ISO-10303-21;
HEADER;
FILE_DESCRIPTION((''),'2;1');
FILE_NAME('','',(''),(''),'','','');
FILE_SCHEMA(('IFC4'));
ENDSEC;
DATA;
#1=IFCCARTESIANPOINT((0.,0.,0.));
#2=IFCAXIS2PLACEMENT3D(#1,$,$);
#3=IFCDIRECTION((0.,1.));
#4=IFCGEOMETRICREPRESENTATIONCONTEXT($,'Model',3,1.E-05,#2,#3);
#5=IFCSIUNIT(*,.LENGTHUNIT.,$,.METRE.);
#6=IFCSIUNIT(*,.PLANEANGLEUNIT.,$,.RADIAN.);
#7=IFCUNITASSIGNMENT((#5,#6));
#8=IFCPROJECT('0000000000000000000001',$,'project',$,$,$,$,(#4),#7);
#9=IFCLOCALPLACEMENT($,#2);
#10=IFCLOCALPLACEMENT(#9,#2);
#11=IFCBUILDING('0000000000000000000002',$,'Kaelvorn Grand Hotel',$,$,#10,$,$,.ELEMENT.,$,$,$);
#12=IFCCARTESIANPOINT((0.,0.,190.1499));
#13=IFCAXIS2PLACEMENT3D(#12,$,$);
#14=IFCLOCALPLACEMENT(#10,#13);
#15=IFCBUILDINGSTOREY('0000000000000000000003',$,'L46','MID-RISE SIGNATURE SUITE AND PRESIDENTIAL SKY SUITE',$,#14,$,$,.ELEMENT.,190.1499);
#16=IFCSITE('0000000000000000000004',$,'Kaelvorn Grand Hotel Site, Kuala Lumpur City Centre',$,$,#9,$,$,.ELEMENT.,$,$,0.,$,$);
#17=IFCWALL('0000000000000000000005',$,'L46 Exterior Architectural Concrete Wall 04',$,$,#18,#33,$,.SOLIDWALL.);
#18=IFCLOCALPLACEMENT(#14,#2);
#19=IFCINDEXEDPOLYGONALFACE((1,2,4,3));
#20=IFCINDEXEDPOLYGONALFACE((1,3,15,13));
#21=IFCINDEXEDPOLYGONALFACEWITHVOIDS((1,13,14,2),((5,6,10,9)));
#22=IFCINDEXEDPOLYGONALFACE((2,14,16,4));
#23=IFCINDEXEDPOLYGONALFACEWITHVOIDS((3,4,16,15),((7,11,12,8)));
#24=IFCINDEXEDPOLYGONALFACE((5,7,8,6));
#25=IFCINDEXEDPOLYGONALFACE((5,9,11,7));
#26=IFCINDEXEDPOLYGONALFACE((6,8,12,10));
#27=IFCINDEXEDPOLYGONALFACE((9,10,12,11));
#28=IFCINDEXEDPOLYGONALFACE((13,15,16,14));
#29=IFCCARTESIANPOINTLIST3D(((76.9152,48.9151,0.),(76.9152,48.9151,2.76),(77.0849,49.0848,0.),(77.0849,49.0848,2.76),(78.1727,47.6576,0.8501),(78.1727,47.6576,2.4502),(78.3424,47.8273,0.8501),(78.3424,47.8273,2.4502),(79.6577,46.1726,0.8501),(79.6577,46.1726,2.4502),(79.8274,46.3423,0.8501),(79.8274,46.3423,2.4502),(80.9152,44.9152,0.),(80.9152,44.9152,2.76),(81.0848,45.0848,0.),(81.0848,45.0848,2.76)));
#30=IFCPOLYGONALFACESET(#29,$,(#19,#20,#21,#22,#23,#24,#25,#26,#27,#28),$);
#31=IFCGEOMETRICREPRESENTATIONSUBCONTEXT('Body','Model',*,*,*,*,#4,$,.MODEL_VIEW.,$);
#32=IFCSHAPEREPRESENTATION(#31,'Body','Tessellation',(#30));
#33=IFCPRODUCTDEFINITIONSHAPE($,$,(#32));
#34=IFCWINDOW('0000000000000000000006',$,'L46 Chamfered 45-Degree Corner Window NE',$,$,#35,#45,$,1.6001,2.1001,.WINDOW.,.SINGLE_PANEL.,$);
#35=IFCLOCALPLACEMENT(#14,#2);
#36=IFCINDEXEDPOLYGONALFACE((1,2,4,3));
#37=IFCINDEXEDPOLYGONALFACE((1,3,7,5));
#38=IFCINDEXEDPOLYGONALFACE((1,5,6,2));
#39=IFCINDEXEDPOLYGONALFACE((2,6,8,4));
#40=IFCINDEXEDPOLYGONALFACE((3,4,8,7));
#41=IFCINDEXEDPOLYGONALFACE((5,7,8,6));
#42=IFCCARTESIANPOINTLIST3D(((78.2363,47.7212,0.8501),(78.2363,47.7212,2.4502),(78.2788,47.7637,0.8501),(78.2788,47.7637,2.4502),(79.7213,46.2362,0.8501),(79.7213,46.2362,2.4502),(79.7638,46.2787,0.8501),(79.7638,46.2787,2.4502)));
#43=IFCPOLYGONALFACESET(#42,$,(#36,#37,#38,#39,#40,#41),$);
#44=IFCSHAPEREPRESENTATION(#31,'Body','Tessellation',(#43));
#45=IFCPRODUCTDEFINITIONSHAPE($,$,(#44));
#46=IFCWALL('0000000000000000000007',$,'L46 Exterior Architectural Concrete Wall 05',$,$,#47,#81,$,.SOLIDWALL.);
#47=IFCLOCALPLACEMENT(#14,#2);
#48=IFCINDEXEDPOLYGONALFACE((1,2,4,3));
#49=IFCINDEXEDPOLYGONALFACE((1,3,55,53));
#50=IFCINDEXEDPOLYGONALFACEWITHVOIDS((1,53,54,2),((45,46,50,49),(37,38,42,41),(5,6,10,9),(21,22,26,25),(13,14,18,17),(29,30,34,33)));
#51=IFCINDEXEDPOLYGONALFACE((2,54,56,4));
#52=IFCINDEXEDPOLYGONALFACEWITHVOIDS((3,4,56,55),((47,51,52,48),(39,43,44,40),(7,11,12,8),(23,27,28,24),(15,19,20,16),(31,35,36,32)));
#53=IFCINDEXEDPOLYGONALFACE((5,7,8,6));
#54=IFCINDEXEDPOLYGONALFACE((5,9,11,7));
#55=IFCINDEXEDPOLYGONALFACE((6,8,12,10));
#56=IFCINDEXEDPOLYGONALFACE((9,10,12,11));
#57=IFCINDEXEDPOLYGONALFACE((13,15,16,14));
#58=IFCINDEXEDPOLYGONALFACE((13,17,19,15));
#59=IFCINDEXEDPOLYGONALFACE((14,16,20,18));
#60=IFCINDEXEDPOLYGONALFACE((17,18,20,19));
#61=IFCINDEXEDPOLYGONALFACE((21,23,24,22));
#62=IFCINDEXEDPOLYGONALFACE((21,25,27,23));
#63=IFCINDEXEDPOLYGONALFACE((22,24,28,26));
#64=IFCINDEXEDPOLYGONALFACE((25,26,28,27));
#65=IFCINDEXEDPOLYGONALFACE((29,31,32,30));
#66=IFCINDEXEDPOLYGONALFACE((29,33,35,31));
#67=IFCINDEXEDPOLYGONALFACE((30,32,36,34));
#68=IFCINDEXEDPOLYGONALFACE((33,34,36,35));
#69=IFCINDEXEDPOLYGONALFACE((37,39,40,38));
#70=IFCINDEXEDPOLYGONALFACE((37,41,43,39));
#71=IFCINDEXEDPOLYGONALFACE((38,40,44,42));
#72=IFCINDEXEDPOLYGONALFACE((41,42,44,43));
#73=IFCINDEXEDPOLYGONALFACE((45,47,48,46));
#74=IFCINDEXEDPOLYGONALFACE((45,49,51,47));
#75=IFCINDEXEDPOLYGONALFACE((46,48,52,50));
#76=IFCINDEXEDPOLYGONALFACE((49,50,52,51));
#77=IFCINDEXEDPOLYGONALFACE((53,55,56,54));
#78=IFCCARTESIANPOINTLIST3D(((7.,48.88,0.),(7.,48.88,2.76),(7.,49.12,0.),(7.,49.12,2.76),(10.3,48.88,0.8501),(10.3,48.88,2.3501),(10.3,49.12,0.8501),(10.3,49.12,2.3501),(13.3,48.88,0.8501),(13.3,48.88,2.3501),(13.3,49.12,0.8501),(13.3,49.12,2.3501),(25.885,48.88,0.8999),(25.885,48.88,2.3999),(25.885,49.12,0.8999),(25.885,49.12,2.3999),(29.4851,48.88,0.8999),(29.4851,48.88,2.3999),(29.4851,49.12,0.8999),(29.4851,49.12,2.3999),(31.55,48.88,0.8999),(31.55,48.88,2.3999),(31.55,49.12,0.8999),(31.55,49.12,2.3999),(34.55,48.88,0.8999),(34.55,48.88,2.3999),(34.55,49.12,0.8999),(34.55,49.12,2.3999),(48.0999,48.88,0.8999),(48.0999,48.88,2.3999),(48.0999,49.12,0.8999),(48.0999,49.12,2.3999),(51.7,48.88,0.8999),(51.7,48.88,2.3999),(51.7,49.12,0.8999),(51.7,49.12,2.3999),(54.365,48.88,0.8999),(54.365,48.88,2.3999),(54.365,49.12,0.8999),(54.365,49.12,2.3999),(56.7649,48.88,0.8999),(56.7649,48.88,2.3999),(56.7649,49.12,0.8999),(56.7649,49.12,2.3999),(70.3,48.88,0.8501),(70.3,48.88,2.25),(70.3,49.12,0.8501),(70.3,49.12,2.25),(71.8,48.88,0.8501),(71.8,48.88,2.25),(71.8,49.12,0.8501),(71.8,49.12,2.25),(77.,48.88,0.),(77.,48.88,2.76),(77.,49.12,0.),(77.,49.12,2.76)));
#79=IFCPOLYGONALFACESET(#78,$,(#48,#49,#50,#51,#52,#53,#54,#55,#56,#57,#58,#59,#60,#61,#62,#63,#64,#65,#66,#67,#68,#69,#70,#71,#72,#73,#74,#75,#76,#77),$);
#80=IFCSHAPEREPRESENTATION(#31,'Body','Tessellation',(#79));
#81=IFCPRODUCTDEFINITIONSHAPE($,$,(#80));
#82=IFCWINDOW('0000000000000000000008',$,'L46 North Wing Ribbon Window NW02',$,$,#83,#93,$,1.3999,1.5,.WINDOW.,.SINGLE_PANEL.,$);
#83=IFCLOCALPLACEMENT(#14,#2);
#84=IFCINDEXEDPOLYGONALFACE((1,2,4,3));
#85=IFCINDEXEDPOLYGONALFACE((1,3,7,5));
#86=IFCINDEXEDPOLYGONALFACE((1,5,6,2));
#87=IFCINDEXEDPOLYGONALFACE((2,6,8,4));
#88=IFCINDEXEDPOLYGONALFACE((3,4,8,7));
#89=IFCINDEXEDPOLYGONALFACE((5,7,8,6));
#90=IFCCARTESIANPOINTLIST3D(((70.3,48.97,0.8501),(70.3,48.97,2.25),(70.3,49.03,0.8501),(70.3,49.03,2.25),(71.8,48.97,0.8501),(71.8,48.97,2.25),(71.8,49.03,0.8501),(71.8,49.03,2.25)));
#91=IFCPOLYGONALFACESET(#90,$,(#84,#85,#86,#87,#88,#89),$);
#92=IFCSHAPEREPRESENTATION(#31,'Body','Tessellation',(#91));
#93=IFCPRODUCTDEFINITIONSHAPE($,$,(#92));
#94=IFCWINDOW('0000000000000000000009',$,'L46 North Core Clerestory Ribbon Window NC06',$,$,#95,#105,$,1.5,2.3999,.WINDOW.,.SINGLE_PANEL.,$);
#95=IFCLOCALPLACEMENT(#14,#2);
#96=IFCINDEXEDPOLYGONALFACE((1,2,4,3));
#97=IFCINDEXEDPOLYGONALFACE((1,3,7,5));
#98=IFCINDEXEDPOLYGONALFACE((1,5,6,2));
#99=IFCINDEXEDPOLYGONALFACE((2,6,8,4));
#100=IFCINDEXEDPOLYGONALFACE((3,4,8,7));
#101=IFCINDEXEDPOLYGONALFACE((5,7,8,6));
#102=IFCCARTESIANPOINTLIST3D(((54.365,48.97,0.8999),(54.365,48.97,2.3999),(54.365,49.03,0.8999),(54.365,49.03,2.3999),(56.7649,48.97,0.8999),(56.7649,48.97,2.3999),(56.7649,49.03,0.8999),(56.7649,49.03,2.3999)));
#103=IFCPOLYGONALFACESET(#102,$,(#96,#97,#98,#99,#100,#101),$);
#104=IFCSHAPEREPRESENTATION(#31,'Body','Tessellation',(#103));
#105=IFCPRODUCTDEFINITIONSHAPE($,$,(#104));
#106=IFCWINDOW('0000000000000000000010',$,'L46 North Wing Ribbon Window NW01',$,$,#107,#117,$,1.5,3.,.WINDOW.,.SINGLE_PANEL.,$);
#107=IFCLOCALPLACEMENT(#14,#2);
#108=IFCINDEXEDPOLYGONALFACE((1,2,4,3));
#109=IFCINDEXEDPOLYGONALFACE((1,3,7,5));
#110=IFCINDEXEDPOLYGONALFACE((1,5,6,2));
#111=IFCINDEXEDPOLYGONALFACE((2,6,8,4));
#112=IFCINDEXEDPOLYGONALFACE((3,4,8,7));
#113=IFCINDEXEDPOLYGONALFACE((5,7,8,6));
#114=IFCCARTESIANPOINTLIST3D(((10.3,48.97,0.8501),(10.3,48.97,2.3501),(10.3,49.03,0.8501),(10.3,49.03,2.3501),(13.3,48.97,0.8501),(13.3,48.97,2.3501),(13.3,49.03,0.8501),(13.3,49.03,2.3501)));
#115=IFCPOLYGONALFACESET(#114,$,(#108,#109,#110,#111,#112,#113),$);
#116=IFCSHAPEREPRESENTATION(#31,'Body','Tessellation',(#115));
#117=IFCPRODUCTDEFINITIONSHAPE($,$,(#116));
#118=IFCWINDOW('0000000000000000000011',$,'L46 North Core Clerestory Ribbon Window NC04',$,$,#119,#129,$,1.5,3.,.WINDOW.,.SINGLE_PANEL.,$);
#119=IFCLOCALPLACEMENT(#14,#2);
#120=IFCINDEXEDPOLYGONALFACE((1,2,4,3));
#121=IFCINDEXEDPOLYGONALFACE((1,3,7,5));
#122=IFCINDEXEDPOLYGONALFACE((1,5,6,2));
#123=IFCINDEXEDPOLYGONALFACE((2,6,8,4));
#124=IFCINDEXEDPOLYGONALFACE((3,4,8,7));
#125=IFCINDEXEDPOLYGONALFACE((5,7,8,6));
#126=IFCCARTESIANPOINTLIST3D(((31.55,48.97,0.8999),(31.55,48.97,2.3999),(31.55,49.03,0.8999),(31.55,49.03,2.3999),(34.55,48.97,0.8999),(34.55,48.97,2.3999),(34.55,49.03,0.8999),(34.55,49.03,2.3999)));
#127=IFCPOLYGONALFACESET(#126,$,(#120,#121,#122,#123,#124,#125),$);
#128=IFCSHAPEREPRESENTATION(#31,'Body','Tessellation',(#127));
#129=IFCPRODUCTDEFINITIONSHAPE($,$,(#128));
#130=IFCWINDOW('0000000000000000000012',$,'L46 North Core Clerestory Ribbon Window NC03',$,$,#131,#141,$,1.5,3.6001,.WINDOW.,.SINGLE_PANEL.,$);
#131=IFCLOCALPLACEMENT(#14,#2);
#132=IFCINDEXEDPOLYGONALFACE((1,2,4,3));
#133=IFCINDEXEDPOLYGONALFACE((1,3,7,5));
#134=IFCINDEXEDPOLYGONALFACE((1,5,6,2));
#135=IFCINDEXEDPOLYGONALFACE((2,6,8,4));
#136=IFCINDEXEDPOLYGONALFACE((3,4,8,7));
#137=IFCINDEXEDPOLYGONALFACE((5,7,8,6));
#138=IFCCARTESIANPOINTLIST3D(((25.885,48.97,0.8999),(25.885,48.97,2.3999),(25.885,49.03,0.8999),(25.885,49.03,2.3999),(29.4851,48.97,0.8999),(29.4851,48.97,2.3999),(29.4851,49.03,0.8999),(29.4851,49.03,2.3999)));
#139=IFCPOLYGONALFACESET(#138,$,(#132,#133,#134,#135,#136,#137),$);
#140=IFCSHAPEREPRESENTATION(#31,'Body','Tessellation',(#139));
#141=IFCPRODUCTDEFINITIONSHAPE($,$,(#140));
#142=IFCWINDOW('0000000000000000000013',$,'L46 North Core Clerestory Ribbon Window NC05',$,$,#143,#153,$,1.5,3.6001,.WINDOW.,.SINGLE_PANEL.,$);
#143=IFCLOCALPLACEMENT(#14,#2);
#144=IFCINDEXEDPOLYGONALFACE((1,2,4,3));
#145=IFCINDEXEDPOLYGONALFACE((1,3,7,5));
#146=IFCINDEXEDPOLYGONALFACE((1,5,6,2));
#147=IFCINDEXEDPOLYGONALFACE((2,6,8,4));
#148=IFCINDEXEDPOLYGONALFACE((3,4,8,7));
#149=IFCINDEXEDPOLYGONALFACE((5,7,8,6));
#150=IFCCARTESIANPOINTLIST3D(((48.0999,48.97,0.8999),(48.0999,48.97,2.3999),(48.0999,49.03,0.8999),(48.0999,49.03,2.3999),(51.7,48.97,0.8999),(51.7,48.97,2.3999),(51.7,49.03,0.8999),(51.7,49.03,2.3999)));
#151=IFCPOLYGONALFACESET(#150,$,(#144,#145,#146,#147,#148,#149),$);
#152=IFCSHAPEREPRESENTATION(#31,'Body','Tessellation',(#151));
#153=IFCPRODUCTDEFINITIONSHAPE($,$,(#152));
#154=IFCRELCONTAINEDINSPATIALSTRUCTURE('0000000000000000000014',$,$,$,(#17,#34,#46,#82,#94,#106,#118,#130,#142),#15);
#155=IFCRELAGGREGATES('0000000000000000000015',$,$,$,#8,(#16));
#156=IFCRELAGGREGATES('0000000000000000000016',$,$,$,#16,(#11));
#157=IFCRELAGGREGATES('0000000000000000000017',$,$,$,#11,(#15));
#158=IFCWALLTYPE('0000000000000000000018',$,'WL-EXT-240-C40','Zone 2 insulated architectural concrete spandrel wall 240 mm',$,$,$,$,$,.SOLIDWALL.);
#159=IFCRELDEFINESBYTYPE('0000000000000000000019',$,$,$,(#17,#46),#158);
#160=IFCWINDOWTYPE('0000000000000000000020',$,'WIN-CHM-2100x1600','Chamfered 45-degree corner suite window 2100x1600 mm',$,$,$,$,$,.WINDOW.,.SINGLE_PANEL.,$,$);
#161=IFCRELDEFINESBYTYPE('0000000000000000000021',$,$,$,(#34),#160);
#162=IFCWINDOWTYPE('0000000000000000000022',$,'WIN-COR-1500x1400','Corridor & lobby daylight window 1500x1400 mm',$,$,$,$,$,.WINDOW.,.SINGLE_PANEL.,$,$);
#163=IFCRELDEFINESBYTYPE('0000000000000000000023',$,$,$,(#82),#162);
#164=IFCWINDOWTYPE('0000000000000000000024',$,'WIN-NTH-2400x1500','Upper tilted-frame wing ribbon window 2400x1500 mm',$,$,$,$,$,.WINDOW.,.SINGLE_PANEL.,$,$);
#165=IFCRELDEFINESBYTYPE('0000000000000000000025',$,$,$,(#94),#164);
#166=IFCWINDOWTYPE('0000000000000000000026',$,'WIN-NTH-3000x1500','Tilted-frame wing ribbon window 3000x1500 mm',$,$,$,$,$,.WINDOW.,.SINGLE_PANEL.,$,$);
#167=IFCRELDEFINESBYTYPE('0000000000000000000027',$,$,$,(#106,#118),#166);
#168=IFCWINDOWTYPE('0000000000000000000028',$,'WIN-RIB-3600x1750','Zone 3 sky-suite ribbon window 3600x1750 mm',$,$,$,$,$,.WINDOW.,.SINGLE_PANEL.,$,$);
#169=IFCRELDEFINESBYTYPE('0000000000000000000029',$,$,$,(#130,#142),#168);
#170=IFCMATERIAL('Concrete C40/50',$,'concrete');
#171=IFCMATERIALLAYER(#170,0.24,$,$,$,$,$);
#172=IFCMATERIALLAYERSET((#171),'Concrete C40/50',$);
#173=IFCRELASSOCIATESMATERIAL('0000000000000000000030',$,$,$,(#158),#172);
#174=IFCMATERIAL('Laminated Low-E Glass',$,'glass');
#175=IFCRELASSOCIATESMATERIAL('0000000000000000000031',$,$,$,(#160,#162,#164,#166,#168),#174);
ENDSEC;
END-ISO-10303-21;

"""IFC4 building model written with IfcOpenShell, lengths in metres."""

from ifc_helpers import new_model, si_unit, direction, frame, frame_2d, origin, place, context, subcontext, project, spatial, rectangle, extrude, material, layer, layer_set, type_object, element, fill, save


model = new_model("IFC4")

# Units and contexts
model_context = context("Model", 3, precision=1e-05, world=origin(), true_north=direction((0.0, 1.0)))
body_context = subcontext(model_context, "Body", "Model", "MODEL_VIEW")
ifc_project = project(units=[si_unit("LENGTHUNIT", "METRE"), si_unit("PLANEANGLEUNIT", "RADIAN")], contexts=[model_context])

# Site, building, storey
site_placement = place(None, origin())
site = spatial("IfcSite", under=ifc_project, at=site_placement, Name="Kaelvorn Grand Hotel Site, Kuala Lumpur City Centre", CompositionType="ELEMENT", RefElevation=0.0)
building_placement = place(site_placement, origin())
building = spatial("IfcBuilding", under=site, at=building_placement, Name="Kaelvorn Grand Hotel", CompositionType="ELEMENT")
storey_placement = place(building_placement, frame((0.0, 0.0, 190.1499)))
storey = spatial("IfcBuildingStorey", under=building, at=storey_placement, Name="L46", Description="MID-RISE SIGNATURE SUITE AND PRESIDENTIAL SKY SUITE", CompositionType="ELEMENT", Elevation=190.1499)

# Wall, opening, window
ifc_material_1 = material(Name="Concrete C40/50", Category="concrete")
ifc_layer_1 = layer(ifc_material_1, 0.24)
ifc_layer_set_1 = layer_set([ifc_layer_1], Name="Concrete C40/50")
wall_type_1 = type_object("IfcWallType", Name="WL-EXT-240-C40", Description="Zone 2 insulated architectural concrete spandrel wall 240 mm", PredefinedType="SOLIDWALL", material=ifc_layer_set_1)
wall_1_placement = place(storey_placement, frame((81.0, 45.0, 0.0), z_axis=(0.0, 0.0, 1.0), x_axis=(-0.707107, 0.707107, 0.0)))
wall_1 = element("IfcWall", 1, at=wall_1_placement, inside=storey, type_object=wall_type_1, Name="L46 Exterior Architectural Concrete Wall 04", PredefinedType="SOLIDWALL", context=body_context, shape_type="SweptSolid", body=[
    extrude(rectangle(XDim=5.6567, YDim=0.24, at=frame_2d((2.8284, 0.0))), origin(), (0.0, 0.0, 1.0), 2.76),
])
opening_1_placement = place(wall_1_placement, frame((1.7783, 0.0, 0.8501)))
opening_1 = element("IfcOpeningElement", 2, at=opening_1_placement, cuts=wall_1, PredefinedType="OPENING", context=body_context, shape_type="SweptSolid", body=[
    extrude(rectangle(XDim=2.1001, YDim=1.6001, at=frame_2d((1.05, 0.8))), frame((0.0, 0.1299, 0.0), z_axis=(0.0, -1.0, 0.0), x_axis=(1.0, 0.0, 0.0)), (0.0, 0.0, 1.0), 0.26),
])
ifc_material_2 = material(Name="Laminated Low-E Glass", Category="glass")
window_type_1 = type_object("IfcWindowType", Name="WIN-CHM-2100x1600", Description="Chamfered 45-degree corner suite window 2100x1600 mm", PartitioningType="SINGLE_PANEL", PredefinedType="WINDOW", material=ifc_material_2)
window_1_placement = place(opening_1_placement, origin())
window_1 = element("IfcWindow", 3, at=window_1_placement, inside=storey, type_object=window_type_1, Name="L46 Chamfered 45-Degree Corner Window NE", OverallHeight=1.6001, OverallWidth=2.1001, PartitioningType="SINGLE_PANEL", PredefinedType="WINDOW", context=body_context, shape_type="SweptSolid", body=[
    extrude(rectangle(XDim=2.1001, YDim=1.6001, at=frame_2d((1.05, 0.8))), frame((0.0, 0.03, 0.0), z_axis=(0.0, -1.0, 0.0), x_axis=(1.0, 0.0, 0.0)), (0.0, 0.0, 1.0), 0.0601),
])
fill(opening_1, window_1)

# Wall, openings, windows
wall_2_placement = place(storey_placement, frame((77.0, 49.0, 0.0), z_axis=(0.0, 0.0, 1.0), x_axis=(-1.0, 0.0, 0.0)))
wall_2 = element("IfcWall", 4, at=wall_2_placement, inside=storey, type_object=wall_type_1, Name="L46 Exterior Architectural Concrete Wall 05", PredefinedType="SOLIDWALL", context=body_context, shape_type="SweptSolid", body=[
    extrude(rectangle(XDim=70.0, YDim=0.24, at=frame_2d((35.0, 0.0))), origin(), (0.0, 0.0, 1.0), 2.76),
])
opening_2_placement = place(wall_2_placement, frame((63.7, 0.0, 0.8501)))
opening_2 = element("IfcOpeningElement", 5, at=opening_2_placement, cuts=wall_2, PredefinedType="OPENING", context=body_context, shape_type="SweptSolid", body=[
    extrude(rectangle(XDim=3.0, YDim=1.5, at=frame_2d((1.5, 0.75))), frame((0.0, 0.1299, 0.0), z_axis=(0.0, -1.0, 0.0), x_axis=(1.0, 0.0, 0.0)), (0.0, 0.0, 1.0), 0.26),
])
opening_3_placement = place(wall_2_placement, frame((5.2, 0.0, 0.8501)))
opening_3 = element("IfcOpeningElement", 6, at=opening_3_placement, cuts=wall_2, PredefinedType="OPENING", context=body_context, shape_type="SweptSolid", body=[
    extrude(rectangle(XDim=1.5, YDim=1.3999, at=frame_2d((0.75, 0.7))), frame((0.0, 0.1299, 0.0), z_axis=(0.0, -1.0, 0.0), x_axis=(1.0, 0.0, 0.0)), (0.0, 0.0, 1.0), 0.26),
])
opening_4_placement = place(wall_2_placement, frame((47.5149, 0.0, 0.8999)))
opening_4 = element("IfcOpeningElement", 7, at=opening_4_placement, cuts=wall_2, PredefinedType="OPENING", context=body_context, shape_type="SweptSolid", body=[
    extrude(rectangle(XDim=3.6001, YDim=1.5, at=frame_2d((1.8, 0.75))), frame((0.0, 0.1299, 0.0), z_axis=(0.0, -1.0, 0.0), x_axis=(1.0, 0.0, 0.0)), (0.0, 0.0, 1.0), 0.26),
])
opening_5_placement = place(wall_2_placement, frame((42.45, 0.0, 0.8999)))
opening_5 = element("IfcOpeningElement", 8, at=opening_5_placement, cuts=wall_2, PredefinedType="OPENING", context=body_context, shape_type="SweptSolid", body=[
    extrude(rectangle(XDim=3.0, YDim=1.5, at=frame_2d((1.5, 0.75))), frame((0.0, 0.1299, 0.0), z_axis=(0.0, -1.0, 0.0), x_axis=(1.0, 0.0, 0.0)), (0.0, 0.0, 1.0), 0.26),
])
opening_6_placement = place(wall_2_placement, frame((25.3, 0.0, 0.8999)))
opening_6 = element("IfcOpeningElement", 9, at=opening_6_placement, cuts=wall_2, PredefinedType="OPENING", context=body_context, shape_type="SweptSolid", body=[
    extrude(rectangle(XDim=3.6001, YDim=1.5, at=frame_2d((1.8, 0.75))), frame((0.0, 0.1299, 0.0), z_axis=(0.0, -1.0, 0.0), x_axis=(1.0, 0.0, 0.0)), (0.0, 0.0, 1.0), 0.26),
])
opening_7_placement = place(wall_2_placement, frame((20.2351, 0.0, 0.8999)))
opening_7 = element("IfcOpeningElement", 10, at=opening_7_placement, cuts=wall_2, PredefinedType="OPENING", context=body_context, shape_type="SweptSolid", body=[
    extrude(rectangle(XDim=2.3999, YDim=1.5, at=frame_2d((1.2, 0.75))), frame((0.0, 0.1299, 0.0), z_axis=(0.0, -1.0, 0.0), x_axis=(1.0, 0.0, 0.0)), (0.0, 0.0, 1.0), 0.26),
])
window_type_2 = type_object("IfcWindowType", Name="WIN-COR-1500x1400", Description="Corridor & lobby daylight window 1500x1400 mm", PartitioningType="SINGLE_PANEL", PredefinedType="WINDOW", material=ifc_material_2)
window_2_placement = place(opening_3_placement, origin())
window_2 = element("IfcWindow", 11, at=window_2_placement, inside=storey, type_object=window_type_2, Name="L46 North Wing Ribbon Window NW02", OverallHeight=1.3999, OverallWidth=1.5, PartitioningType="SINGLE_PANEL", PredefinedType="WINDOW", context=body_context, shape_type="SweptSolid", body=[
    extrude(rectangle(XDim=1.5, YDim=1.3999, at=frame_2d((0.75, 0.7))), frame((0.0, 0.03, 0.0), z_axis=(0.0, -1.0, 0.0), x_axis=(1.0, 0.0, 0.0)), (0.0, 0.0, 1.0), 0.0601),
])
fill(opening_3, window_2)
window_type_3 = type_object("IfcWindowType", Name="WIN-NTH-2400x1500", Description="Upper tilted-frame wing ribbon window 2400x1500 mm", PartitioningType="SINGLE_PANEL", PredefinedType="WINDOW", material=ifc_material_2)
window_3_placement = place(opening_7_placement, origin())
window_3 = element("IfcWindow", 12, at=window_3_placement, inside=storey, type_object=window_type_3, Name="L46 North Core Clerestory Ribbon Window NC06", OverallHeight=1.5, OverallWidth=2.3999, PartitioningType="SINGLE_PANEL", PredefinedType="WINDOW", context=body_context, shape_type="SweptSolid", body=[
    extrude(rectangle(XDim=2.3999, YDim=1.5, at=frame_2d((1.2, 0.75))), frame((0.0, 0.03, 0.0), z_axis=(0.0, -1.0, 0.0), x_axis=(1.0, 0.0, 0.0)), (0.0, 0.0, 1.0), 0.0601),
])
fill(opening_7, window_3)
window_type_4 = type_object("IfcWindowType", Name="WIN-NTH-3000x1500", Description="Tilted-frame wing ribbon window 3000x1500 mm", PartitioningType="SINGLE_PANEL", PredefinedType="WINDOW", material=ifc_material_2)
window_4_placement = place(opening_2_placement, origin())
window_4 = element("IfcWindow", 13, at=window_4_placement, inside=storey, type_object=window_type_4, Name="L46 North Wing Ribbon Window NW01", OverallHeight=1.5, OverallWidth=3.0, PartitioningType="SINGLE_PANEL", PredefinedType="WINDOW", context=body_context, shape_type="SweptSolid", body=[
    extrude(rectangle(XDim=3.0, YDim=1.5, at=frame_2d((1.5, 0.75))), frame((0.0, 0.03, 0.0), z_axis=(0.0, -1.0, 0.0), x_axis=(1.0, 0.0, 0.0)), (0.0, 0.0, 1.0), 0.0601),
])
fill(opening_2, window_4)
window_5_placement = place(opening_5_placement, origin())
window_5 = element("IfcWindow", 14, at=window_5_placement, inside=storey, type_object=window_type_4, Name="L46 North Core Clerestory Ribbon Window NC04", OverallHeight=1.5, OverallWidth=3.0, PartitioningType="SINGLE_PANEL", PredefinedType="WINDOW", context=body_context, shape_type="SweptSolid", body=[
    extrude(rectangle(XDim=3.0, YDim=1.5, at=frame_2d((1.5, 0.75))), frame((0.0, 0.03, 0.0), z_axis=(0.0, -1.0, 0.0), x_axis=(1.0, 0.0, 0.0)), (0.0, 0.0, 1.0), 0.0601),
])
fill(opening_5, window_5)
window_type_5 = type_object("IfcWindowType", Name="WIN-RIB-3600x1750", Description="Zone 3 sky-suite ribbon window 3600x1750 mm", PartitioningType="SINGLE_PANEL", PredefinedType="WINDOW", material=ifc_material_2)
window_6_placement = place(opening_4_placement, origin())
window_6 = element("IfcWindow", 15, at=window_6_placement, inside=storey, type_object=window_type_5, Name="L46 North Core Clerestory Ribbon Window NC03", OverallHeight=1.5, OverallWidth=3.6001, PartitioningType="SINGLE_PANEL", PredefinedType="WINDOW", context=body_context, shape_type="SweptSolid", body=[
    extrude(rectangle(XDim=3.6001, YDim=1.5, at=frame_2d((1.8, 0.75))), frame((0.0, 0.03, 0.0), z_axis=(0.0, -1.0, 0.0), x_axis=(1.0, 0.0, 0.0)), (0.0, 0.0, 1.0), 0.0601),
])
fill(opening_4, window_6)
window_7_placement = place(opening_6_placement, origin())
window_7 = element("IfcWindow", 16, at=window_7_placement, inside=storey, type_object=window_type_5, Name="L46 North Core Clerestory Ribbon Window NC05", OverallHeight=1.5, OverallWidth=3.6001, PartitioningType="SINGLE_PANEL", PredefinedType="WINDOW", context=body_context, shape_type="SweptSolid", body=[
    extrude(rectangle(XDim=3.6001, YDim=1.5, at=frame_2d((1.8, 0.75))), frame((0.0, 0.03, 0.0), z_axis=(0.0, -1.0, 0.0), x_axis=(1.0, 0.0, 0.0)), (0.0, 0.0, 1.0), 0.0601),
])
fill(opening_6, window_7)

save(model, "model.ifc")
